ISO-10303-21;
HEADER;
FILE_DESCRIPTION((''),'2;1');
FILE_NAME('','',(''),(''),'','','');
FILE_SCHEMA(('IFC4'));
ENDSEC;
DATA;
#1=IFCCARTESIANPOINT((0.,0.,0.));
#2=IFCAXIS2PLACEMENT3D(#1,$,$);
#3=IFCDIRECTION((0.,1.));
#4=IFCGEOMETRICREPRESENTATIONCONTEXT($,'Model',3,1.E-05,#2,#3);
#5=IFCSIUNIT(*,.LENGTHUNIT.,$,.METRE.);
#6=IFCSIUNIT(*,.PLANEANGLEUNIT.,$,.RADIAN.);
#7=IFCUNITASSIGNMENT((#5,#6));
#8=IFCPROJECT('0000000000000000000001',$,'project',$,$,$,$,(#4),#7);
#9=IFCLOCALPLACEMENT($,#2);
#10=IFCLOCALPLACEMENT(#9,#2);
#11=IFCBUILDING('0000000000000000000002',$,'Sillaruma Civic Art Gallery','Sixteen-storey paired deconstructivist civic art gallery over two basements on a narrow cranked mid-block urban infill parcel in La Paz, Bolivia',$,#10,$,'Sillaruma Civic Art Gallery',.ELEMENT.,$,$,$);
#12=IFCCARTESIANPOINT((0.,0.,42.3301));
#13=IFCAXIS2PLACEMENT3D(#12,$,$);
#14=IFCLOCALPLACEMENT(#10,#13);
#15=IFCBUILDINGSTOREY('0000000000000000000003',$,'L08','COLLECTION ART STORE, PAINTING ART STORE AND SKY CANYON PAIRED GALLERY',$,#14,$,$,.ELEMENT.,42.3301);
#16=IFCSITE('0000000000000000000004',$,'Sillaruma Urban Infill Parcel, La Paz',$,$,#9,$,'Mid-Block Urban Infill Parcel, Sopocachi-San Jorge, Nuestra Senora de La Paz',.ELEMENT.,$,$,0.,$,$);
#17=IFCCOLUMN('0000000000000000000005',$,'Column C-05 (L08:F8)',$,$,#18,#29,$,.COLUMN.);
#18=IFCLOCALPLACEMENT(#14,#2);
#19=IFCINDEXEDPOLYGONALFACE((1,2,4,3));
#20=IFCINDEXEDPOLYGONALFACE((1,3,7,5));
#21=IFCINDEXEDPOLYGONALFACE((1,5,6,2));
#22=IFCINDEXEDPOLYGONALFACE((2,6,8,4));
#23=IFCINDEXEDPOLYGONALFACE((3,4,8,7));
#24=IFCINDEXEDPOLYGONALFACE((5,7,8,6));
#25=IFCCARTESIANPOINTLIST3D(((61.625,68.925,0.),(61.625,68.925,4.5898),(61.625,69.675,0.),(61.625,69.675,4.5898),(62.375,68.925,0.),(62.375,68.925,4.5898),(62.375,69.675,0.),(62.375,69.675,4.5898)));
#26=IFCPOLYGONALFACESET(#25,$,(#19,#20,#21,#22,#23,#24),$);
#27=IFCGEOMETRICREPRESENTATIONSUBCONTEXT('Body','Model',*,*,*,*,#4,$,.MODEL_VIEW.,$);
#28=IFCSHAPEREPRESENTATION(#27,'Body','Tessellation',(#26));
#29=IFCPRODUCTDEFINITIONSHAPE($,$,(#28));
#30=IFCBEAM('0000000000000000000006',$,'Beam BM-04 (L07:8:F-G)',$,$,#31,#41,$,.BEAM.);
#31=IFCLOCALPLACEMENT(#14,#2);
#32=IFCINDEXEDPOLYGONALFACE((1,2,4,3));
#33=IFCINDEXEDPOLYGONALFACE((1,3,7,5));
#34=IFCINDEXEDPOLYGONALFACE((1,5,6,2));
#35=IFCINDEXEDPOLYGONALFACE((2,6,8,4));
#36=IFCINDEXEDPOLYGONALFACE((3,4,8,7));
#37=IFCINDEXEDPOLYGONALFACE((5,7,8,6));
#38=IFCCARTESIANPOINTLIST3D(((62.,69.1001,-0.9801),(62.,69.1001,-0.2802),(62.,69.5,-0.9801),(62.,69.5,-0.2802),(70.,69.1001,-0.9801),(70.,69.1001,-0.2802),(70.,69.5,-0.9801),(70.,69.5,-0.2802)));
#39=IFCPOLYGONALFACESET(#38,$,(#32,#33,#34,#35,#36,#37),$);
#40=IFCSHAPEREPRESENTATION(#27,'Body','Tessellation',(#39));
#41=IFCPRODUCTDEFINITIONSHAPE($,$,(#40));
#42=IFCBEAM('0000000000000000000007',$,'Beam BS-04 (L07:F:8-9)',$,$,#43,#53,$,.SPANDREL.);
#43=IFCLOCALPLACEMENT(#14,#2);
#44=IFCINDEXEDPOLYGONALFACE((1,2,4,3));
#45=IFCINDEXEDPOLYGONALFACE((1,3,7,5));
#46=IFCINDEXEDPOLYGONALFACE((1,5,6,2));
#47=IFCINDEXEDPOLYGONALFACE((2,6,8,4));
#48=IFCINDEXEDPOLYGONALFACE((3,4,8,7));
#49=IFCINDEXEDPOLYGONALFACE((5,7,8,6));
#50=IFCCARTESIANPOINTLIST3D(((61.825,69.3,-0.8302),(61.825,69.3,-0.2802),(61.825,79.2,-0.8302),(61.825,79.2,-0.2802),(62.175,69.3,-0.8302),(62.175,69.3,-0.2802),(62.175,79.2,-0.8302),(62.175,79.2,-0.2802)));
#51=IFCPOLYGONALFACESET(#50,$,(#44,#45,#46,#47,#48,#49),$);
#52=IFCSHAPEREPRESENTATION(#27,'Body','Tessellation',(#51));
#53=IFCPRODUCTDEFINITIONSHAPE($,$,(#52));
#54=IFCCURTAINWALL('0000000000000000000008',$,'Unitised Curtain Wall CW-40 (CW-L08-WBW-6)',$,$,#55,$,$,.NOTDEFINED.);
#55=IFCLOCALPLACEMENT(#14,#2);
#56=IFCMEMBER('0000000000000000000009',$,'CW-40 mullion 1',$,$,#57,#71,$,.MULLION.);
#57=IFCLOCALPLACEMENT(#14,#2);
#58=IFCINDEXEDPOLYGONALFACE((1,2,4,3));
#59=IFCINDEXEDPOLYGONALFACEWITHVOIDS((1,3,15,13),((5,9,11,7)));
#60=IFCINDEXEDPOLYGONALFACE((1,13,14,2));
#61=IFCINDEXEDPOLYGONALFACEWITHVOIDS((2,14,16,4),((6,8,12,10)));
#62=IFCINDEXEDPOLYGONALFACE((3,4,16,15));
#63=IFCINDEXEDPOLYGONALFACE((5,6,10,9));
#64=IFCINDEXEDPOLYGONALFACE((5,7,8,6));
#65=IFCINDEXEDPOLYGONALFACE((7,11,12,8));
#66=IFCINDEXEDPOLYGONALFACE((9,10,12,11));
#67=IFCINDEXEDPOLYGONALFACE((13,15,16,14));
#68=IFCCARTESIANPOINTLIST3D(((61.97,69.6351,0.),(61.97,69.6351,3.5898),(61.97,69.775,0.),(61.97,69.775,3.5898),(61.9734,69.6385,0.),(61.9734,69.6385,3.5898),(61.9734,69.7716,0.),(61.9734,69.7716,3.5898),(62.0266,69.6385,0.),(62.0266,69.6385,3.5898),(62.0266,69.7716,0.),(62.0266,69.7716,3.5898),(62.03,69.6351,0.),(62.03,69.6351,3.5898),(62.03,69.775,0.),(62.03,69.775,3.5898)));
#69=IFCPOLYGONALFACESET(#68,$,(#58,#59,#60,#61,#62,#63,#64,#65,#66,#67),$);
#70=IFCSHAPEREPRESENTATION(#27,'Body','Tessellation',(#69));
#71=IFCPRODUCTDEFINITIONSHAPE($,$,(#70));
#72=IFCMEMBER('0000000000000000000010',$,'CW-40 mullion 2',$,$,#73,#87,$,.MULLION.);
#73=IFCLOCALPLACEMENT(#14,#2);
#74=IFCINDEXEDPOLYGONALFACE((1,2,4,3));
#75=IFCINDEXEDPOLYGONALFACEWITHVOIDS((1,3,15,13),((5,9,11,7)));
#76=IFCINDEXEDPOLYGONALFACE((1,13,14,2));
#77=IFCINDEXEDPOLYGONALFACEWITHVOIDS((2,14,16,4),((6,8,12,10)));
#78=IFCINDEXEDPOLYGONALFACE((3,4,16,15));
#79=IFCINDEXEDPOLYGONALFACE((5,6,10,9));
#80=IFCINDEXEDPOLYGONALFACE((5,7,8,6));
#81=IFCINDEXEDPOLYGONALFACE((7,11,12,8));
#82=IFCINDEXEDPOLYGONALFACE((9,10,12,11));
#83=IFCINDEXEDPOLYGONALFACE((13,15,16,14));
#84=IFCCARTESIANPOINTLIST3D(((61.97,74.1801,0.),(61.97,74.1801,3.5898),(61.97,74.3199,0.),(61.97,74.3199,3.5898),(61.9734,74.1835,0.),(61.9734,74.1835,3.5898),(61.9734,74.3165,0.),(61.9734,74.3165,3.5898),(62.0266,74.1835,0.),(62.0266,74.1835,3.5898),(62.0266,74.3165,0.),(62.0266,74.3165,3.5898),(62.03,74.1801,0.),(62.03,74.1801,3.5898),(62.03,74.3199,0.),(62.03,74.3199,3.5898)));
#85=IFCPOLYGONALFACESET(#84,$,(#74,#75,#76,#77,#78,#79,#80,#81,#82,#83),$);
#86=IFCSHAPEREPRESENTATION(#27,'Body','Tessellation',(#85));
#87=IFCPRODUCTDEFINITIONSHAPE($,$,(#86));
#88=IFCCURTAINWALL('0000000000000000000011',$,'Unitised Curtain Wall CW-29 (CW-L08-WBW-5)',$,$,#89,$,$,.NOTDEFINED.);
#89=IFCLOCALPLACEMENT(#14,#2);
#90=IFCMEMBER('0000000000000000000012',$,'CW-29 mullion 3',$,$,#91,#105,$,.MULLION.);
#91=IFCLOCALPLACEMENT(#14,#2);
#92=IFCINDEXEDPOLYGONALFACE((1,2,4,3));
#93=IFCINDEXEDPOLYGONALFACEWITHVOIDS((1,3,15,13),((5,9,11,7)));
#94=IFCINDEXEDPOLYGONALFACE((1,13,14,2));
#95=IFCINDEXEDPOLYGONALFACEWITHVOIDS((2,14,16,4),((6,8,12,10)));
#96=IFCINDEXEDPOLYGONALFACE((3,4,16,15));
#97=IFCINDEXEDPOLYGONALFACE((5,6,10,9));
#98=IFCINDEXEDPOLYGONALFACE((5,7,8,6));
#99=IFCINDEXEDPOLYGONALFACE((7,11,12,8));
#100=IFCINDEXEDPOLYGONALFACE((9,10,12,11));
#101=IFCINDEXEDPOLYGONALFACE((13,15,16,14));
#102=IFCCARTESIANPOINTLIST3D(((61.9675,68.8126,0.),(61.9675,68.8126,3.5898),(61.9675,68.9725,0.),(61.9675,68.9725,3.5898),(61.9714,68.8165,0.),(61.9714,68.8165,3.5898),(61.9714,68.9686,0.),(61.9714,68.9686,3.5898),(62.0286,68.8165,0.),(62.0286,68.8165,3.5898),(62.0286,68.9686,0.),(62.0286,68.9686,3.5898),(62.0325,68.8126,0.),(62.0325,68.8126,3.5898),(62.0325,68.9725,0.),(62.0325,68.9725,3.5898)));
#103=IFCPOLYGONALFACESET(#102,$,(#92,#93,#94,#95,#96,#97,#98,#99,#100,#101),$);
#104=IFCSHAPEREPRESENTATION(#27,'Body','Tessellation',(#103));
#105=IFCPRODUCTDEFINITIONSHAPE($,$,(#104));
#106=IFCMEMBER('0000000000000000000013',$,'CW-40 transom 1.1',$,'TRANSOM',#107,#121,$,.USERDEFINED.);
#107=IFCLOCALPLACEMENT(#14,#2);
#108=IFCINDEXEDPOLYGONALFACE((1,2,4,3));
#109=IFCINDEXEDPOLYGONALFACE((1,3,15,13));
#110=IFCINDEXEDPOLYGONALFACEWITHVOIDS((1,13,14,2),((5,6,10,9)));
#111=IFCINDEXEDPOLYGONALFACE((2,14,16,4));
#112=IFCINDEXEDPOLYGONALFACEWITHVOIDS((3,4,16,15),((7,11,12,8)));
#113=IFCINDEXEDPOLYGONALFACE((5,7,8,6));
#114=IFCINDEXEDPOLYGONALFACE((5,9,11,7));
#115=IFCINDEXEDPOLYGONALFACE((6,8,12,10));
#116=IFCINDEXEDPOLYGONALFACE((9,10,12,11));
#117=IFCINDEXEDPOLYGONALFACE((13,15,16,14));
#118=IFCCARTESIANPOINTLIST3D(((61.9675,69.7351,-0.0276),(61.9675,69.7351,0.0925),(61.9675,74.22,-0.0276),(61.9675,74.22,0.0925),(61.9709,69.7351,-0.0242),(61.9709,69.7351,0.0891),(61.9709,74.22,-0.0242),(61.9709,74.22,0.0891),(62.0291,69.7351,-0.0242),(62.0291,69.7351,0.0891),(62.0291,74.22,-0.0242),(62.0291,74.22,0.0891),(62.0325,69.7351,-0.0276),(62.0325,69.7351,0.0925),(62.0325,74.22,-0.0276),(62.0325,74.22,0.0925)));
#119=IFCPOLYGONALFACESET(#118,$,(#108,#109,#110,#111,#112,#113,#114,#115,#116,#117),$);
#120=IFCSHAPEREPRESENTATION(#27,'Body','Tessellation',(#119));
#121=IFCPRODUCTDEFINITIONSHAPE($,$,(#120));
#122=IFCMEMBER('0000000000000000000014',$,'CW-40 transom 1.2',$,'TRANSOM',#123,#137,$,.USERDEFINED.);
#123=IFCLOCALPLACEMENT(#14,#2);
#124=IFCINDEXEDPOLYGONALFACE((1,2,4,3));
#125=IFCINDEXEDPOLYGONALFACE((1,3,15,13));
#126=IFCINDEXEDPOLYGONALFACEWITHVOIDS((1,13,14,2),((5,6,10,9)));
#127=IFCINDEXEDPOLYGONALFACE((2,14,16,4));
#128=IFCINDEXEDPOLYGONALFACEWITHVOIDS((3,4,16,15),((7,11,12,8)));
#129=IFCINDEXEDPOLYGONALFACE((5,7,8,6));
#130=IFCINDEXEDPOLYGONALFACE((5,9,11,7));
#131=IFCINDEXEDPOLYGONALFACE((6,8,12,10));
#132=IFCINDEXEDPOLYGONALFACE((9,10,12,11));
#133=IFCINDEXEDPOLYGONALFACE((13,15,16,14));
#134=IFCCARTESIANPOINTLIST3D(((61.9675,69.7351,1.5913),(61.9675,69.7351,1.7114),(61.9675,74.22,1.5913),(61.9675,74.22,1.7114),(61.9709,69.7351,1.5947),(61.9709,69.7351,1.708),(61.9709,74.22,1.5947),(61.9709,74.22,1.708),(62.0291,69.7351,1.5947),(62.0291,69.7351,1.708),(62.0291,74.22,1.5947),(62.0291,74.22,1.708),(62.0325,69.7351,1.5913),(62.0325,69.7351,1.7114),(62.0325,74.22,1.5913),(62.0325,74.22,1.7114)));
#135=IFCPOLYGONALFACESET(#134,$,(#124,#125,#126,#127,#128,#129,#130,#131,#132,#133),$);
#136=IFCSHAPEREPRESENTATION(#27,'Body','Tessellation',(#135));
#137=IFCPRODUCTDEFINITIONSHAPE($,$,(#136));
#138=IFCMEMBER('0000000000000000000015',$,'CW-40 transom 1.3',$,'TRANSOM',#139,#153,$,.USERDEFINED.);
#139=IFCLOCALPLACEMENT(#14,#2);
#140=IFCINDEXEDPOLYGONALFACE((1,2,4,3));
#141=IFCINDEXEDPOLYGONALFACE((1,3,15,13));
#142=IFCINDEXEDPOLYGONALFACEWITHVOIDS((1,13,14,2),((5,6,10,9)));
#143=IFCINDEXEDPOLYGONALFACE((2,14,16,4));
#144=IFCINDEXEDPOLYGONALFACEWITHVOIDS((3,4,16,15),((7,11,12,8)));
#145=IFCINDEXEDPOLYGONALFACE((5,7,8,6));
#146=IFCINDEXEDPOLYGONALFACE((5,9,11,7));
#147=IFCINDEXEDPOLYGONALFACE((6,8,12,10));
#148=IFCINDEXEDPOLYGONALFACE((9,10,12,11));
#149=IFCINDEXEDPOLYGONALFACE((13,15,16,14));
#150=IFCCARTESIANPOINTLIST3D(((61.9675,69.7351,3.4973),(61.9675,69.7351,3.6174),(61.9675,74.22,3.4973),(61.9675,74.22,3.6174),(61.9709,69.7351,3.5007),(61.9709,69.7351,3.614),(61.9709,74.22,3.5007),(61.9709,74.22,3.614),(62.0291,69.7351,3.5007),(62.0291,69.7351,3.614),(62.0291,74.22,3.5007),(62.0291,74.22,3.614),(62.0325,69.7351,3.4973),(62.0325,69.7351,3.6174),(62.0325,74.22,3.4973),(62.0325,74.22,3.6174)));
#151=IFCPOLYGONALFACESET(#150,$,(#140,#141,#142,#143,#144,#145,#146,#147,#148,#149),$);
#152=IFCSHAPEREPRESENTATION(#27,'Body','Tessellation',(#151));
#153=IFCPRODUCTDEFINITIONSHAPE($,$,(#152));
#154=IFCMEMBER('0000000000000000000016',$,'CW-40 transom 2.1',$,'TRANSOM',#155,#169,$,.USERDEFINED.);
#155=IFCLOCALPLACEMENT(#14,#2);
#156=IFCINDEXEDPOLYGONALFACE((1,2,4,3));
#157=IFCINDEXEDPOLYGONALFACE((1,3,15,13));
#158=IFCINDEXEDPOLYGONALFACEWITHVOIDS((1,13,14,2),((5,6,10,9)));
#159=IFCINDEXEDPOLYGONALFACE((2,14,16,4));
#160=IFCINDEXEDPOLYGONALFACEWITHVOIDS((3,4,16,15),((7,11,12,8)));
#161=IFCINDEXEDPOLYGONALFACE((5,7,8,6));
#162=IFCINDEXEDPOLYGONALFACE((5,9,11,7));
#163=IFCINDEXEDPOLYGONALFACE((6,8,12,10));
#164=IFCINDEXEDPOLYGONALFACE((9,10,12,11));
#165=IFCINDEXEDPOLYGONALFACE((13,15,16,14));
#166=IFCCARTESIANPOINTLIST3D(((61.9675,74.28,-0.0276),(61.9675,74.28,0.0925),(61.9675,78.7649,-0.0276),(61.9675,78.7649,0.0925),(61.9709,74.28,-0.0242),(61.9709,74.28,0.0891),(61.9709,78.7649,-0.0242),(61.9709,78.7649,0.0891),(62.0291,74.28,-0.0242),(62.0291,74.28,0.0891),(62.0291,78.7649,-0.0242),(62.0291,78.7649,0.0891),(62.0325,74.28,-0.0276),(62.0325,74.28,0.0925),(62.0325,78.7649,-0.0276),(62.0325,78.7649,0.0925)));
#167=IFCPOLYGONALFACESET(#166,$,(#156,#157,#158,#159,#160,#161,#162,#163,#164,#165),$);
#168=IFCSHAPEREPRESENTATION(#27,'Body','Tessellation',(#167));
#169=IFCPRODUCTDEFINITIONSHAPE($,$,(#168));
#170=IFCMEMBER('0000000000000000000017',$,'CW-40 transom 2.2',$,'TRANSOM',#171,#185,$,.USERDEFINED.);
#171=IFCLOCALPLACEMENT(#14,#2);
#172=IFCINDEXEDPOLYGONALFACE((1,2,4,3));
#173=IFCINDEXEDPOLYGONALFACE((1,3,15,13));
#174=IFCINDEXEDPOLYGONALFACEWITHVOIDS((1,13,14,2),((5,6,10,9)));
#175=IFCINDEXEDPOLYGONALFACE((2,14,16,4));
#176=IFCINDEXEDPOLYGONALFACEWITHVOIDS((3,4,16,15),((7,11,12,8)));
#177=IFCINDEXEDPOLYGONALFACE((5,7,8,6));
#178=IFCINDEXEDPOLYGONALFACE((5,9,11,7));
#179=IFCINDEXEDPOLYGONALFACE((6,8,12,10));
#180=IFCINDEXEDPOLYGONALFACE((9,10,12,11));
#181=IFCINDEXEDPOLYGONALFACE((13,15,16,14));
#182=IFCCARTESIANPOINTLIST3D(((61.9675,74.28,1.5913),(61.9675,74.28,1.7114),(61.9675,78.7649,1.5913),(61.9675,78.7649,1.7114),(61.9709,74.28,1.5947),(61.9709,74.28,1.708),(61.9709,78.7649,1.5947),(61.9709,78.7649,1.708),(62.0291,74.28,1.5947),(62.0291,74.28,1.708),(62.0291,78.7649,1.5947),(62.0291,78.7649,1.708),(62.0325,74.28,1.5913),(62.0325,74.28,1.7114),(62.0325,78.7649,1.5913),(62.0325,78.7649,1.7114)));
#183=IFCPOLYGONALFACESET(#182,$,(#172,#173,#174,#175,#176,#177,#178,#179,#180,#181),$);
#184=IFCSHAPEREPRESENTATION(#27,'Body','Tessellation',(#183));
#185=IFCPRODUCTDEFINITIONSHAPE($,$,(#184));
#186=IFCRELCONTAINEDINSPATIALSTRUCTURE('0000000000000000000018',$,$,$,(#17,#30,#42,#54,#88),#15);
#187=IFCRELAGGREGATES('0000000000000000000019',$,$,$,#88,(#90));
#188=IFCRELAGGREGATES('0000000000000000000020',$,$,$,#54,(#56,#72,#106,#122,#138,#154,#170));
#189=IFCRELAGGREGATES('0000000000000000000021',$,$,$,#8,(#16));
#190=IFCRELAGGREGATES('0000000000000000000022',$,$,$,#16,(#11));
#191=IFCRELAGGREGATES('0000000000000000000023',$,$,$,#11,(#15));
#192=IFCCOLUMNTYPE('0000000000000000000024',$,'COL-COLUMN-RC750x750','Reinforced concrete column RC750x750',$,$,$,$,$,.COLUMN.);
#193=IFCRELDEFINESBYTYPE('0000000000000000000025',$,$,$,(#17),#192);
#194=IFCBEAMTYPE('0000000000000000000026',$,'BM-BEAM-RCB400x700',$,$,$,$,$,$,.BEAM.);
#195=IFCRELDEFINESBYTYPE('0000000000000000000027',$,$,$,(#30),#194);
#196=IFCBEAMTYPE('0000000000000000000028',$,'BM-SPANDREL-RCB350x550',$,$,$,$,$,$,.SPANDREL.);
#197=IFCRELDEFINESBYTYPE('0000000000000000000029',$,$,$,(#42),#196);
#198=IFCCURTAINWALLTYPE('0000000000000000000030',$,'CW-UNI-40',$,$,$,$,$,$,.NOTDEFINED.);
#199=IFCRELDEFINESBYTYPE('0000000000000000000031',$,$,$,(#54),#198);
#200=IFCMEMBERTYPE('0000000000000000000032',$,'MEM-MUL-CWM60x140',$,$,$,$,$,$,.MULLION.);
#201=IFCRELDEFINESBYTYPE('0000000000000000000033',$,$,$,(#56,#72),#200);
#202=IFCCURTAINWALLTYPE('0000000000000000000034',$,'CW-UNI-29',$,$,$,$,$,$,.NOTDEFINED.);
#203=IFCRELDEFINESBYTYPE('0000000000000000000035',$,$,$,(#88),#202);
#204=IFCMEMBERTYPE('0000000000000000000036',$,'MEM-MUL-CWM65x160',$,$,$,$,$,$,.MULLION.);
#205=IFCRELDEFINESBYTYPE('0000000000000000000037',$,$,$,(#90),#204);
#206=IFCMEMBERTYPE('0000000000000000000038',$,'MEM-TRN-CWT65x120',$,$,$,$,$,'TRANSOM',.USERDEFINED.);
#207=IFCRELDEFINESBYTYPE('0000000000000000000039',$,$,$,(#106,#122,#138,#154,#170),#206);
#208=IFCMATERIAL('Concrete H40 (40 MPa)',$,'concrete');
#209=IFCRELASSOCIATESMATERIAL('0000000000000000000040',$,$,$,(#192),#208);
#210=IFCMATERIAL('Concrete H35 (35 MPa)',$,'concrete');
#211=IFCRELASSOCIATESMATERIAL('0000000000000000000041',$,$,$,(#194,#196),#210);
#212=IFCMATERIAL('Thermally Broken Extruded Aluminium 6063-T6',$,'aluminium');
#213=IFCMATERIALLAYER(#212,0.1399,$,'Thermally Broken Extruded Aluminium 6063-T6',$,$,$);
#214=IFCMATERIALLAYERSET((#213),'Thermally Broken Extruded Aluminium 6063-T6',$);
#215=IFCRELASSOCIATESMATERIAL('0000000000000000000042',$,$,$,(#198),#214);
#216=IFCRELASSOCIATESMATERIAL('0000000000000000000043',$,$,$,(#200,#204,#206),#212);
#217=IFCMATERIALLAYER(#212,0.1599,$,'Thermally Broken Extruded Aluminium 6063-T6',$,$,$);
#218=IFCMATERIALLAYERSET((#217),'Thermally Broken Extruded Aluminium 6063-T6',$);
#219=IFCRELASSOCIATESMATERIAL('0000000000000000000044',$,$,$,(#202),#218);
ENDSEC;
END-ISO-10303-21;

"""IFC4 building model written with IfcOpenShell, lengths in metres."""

from ifc_helpers import new_model, si_unit, direction, frame, origin, origin_2d, place, context, subcontext, project, spatial, rectangle, hollow_rectangle, extrude, material, layer, layer_set, material_profile, profile_set, type_object, element, aggregate, save


model = new_model("IFC4")

# Units and contexts
model_context = context("Model", 3, precision=1e-05, world=origin(), true_north=direction((0.0, 1.0)))
body_context = subcontext(model_context, "Body", "Model", "MODEL_VIEW")
ifc_project = project(units=[si_unit("LENGTHUNIT", "METRE"), si_unit("PLANEANGLEUNIT", "RADIAN")], contexts=[model_context])

# Site, building, storey
site_placement = place(None, origin())
site = spatial("IfcSite", under=ifc_project, at=site_placement, Name="Sillaruma Urban Infill Parcel, La Paz", LongName="Mid-Block Urban Infill Parcel, Sopocachi-San Jorge, Nuestra Senora de La Paz", CompositionType="ELEMENT", RefElevation=0.0)
building_placement = place(site_placement, origin())
building = spatial("IfcBuilding", under=site, at=building_placement, Name="Sillaruma Civic Art Gallery", Description="Sixteen-storey paired deconstructivist civic art gallery over two basements on a narrow cranked mid-block urban infill parcel in La Paz, Bolivia", LongName="Sillaruma Civic Art Gallery", CompositionType="ELEMENT")
storey_placement = place(building_placement, frame((0.0, 0.0, 42.3301)))
storey = spatial("IfcBuildingStorey", under=building, at=storey_placement, Name="L08", Description="COLLECTION ART STORE, PAINTING ART STORE AND SKY CANYON PAIRED GALLERY", CompositionType="ELEMENT", Elevation=42.3301)

# Column
ifc_material_1 = material(Name="Concrete H40 (40 MPa)", Category="concrete")
ifc_material_profile_1 = material_profile(ifc_material_1, rectangle(XDim=0.75, YDim=0.75, at=origin_2d()), Name="RC750x750")
ifc_profile_set_1 = profile_set([ifc_material_profile_1], Name="Concrete H40 (40 MPa)")
column_type = type_object("IfcColumnType", Name="COL-COLUMN-RC750x750", Description="Reinforced concrete column RC750x750", PredefinedType="COLUMN", material=ifc_profile_set_1)
column_placement = place(storey_placement, frame((62.0, 69.3, 0.0), z_axis=(0.0, 0.0, 1.0), x_axis=(1.0, 0.0, 0.0)))
element("IfcColumn", 1, at=column_placement, inside=storey, type_object=column_type, Name="Column C-05 (L08:F8)", PredefinedType="COLUMN", context=body_context, shape_type="SweptSolid", body=[
    extrude(rectangle(XDim=0.75, YDim=0.75, at=origin_2d()), origin(), (0.0, 0.0, 1.0), 4.5898),
])

# Beams
ifc_material_2 = material(Name="Concrete H35 (35 MPa)", Category="concrete")
ifc_material_profile_2 = material_profile(ifc_material_2, rectangle(XDim=0.3999, YDim=0.7, at=origin_2d()), Name="RCB400x700")
ifc_profile_set_2 = profile_set([ifc_material_profile_2], Name="Concrete H35 (35 MPa)")
beam_type_1 = type_object("IfcBeamType", Name="BM-BEAM-RCB400x700", PredefinedType="BEAM", material=ifc_profile_set_2)
beam_1_placement = place(storey_placement, frame((62.0, 69.3, -0.6301), z_axis=(1.0, 0.0, 0.0), x_axis=(0.0, 1.0, 0.0)))
element("IfcBeam", 2, at=beam_1_placement, inside=storey, type_object=beam_type_1, Name="Beam BM-04 (L07:8:F-G)", PredefinedType="BEAM", context=body_context, shape_type="SweptSolid", body=[
    extrude(rectangle(XDim=0.3999, YDim=0.7, at=origin_2d()), origin(), (0.0, 0.0, 1.0), 8.0),
])
ifc_material_profile_3 = material_profile(ifc_material_2, rectangle(XDim=0.3501, YDim=0.55, at=origin_2d()), Name="RCB350x550")
ifc_profile_set_3 = profile_set([ifc_material_profile_3], Name="Concrete H35 (35 MPa)")
beam_type_2 = type_object("IfcBeamType", Name="BM-SPANDREL-RCB350x550", PredefinedType="SPANDREL", material=ifc_profile_set_3)
beam_2_placement = place(storey_placement, frame((62.0, 69.3, -0.5552), z_axis=(0.0, 1.0, 0.0), x_axis=(-1.0, 0.0, 0.0)))
element("IfcBeam", 3, at=beam_2_placement, inside=storey, type_object=beam_type_2, Name="Beam BS-04 (L07:F:8-9)", PredefinedType="SPANDREL", context=body_context, shape_type="SweptSolid", body=[
    extrude(rectangle(XDim=0.3501, YDim=0.55, at=origin_2d()), origin(), (0.0, 0.0, 1.0), 9.8999),
])

# Curtain wall, members
ifc_material_3 = material(Name="Thermally Broken Extruded Aluminium 6063-T6", Category="aluminium")
ifc_layer_1 = layer(ifc_material_3, 0.1399, Name="Thermally Broken Extruded Aluminium 6063-T6")
ifc_layer_set_1 = layer_set([ifc_layer_1], Name="Thermally Broken Extruded Aluminium 6063-T6")
curtain_wall_type_1 = type_object("IfcCurtainWallType", Name="CW-UNI-40", PredefinedType="NOTDEFINED", material=ifc_layer_set_1)
curtain_wall_1_placement = place(storey_placement, origin())
curtain_wall_1 = element("IfcCurtainWall", 4, at=curtain_wall_1_placement, inside=storey, type_object=curtain_wall_type_1, Name="Unitised Curtain Wall CW-40 (CW-L08-WBW-6)", PredefinedType="NOTDEFINED")
ifc_material_profile_4 = material_profile(ifc_material_3, hollow_rectangle(XDim=0.0601, YDim=0.1399, WallThickness=0.0034, at=origin_2d()), Name="CWM60x140")
ifc_profile_set_4 = profile_set([ifc_material_profile_4], Name="Thermally Broken Extruded Aluminium 6063-T6")
member_type_1 = type_object("IfcMemberType", Name="MEM-MUL-CWM60x140", PredefinedType="MULLION", material=ifc_profile_set_4)
member_1_placement = place(storey_placement, frame((62.0, 69.7051, 0.0), z_axis=(0.0, 0.0, 1.0), x_axis=(-1.0, 0.0, 0.0)))
member_1 = element("IfcMember", 5, at=member_1_placement, type_object=member_type_1, Name="CW-40 mullion 1", PredefinedType="MULLION", context=body_context, shape_type="SweptSolid", body=[
    extrude(hollow_rectangle(XDim=0.0601, YDim=0.1399, WallThickness=0.0034, at=origin_2d()), origin(), (0.0, 0.0, 1.0), 3.5898),
])
member_2_placement = place(storey_placement, frame((62.0, 74.25, 0.0), z_axis=(0.0, 0.0, 1.0), x_axis=(-1.0, 0.0, 0.0)))
member_2 = element("IfcMember", 6, at=member_2_placement, type_object=member_type_1, Name="CW-40 mullion 2", PredefinedType="MULLION", context=body_context, shape_type="SweptSolid", body=[
    extrude(hollow_rectangle(XDim=0.0601, YDim=0.1399, WallThickness=0.0034, at=origin_2d()), origin(), (0.0, 0.0, 1.0), 3.5898),
])

# Curtain wall, member
ifc_layer_2 = layer(ifc_material_3, 0.1599, Name="Thermally Broken Extruded Aluminium 6063-T6")
ifc_layer_set_2 = layer_set([ifc_layer_2], Name="Thermally Broken Extruded Aluminium 6063-T6")
curtain_wall_type_2 = type_object("IfcCurtainWallType", Name="CW-UNI-29", PredefinedType="NOTDEFINED", material=ifc_layer_set_2)
curtain_wall_2_placement = place(storey_placement, origin())
curtain_wall_2 = element("IfcCurtainWall", 7, at=curtain_wall_2_placement, inside=storey, type_object=curtain_wall_type_2, Name="Unitised Curtain Wall CW-29 (CW-L08-WBW-5)", PredefinedType="NOTDEFINED")
ifc_material_profile_5 = material_profile(ifc_material_3, hollow_rectangle(XDim=0.0649, YDim=0.1599, WallThickness=0.0039, at=origin_2d()), Name="CWM65x160")
ifc_profile_set_5 = profile_set([ifc_material_profile_5], Name="Thermally Broken Extruded Aluminium 6063-T6")
member_type_2 = type_object("IfcMemberType", Name="MEM-MUL-CWM65x160", PredefinedType="MULLION", material=ifc_profile_set_5)
member_3_placement = place(storey_placement, frame((62.0, 68.8926, 0.0), z_axis=(0.0, 0.0, 1.0), x_axis=(-1.0, 0.0, 0.0)))
member_3 = element("IfcMember", 8, at=member_3_placement, type_object=member_type_2, Name="CW-29 mullion 3", PredefinedType="MULLION", context=body_context, shape_type="SweptSolid", body=[
    extrude(hollow_rectangle(XDim=0.0649, YDim=0.1599, WallThickness=0.0039, at=origin_2d()), origin(), (0.0, 0.0, 1.0), 3.5898),
])
aggregate(curtain_wall_2, [member_3])

# Members
ifc_material_profile_6 = material_profile(ifc_material_3, hollow_rectangle(XDim=0.0649, YDim=0.1201, WallThickness=0.0034, at=origin_2d()), Name="CWT65x120")
ifc_profile_set_6 = profile_set([ifc_material_profile_6], Name="Thermally Broken Extruded Aluminium 6063-T6")
member_type_3 = type_object("IfcMemberType", Name="MEM-TRN-CWT65x120", ElementType="TRANSOM", PredefinedType="USERDEFINED", material=ifc_profile_set_6)
member_4_placement = place(storey_placement, frame((62.0, 69.7351, 0.0325), z_axis=(0.0, 1.0, 0.0), x_axis=(-1.0, 0.0, 0.0)))
member_4 = element("IfcMember", 9, at=member_4_placement, type_object=member_type_3, Name="CW-40 transom 1.1", ObjectType="TRANSOM", PredefinedType="USERDEFINED", context=body_context, shape_type="SweptSolid", body=[
    extrude(hollow_rectangle(XDim=0.0649, YDim=0.1201, WallThickness=0.0034, at=origin_2d()), origin(), (0.0, 0.0, 1.0), 4.4849),
])
member_5_placement = place(storey_placement, frame((62.0, 69.7351, 1.6514), z_axis=(0.0, 1.0, 0.0), x_axis=(-1.0, 0.0, 0.0)))
member_5 = element("IfcMember", 10, at=member_5_placement, type_object=member_type_3, Name="CW-40 transom 1.2", ObjectType="TRANSOM", PredefinedType="USERDEFINED", context=body_context, shape_type="SweptSolid", body=[
    extrude(hollow_rectangle(XDim=0.0649, YDim=0.1201, WallThickness=0.0034, at=origin_2d()), origin(), (0.0, 0.0, 1.0), 4.4849),
])
member_6_placement = place(storey_placement, frame((62.0, 69.7351, 3.5574), z_axis=(0.0, 1.0, 0.0), x_axis=(-1.0, 0.0, 0.0)))
member_6 = element("IfcMember", 11, at=member_6_placement, type_object=member_type_3, Name="CW-40 transom 1.3", ObjectType="TRANSOM", PredefinedType="USERDEFINED", context=body_context, shape_type="SweptSolid", body=[
    extrude(hollow_rectangle(XDim=0.0649, YDim=0.1201, WallThickness=0.0034, at=origin_2d()), origin(), (0.0, 0.0, 1.0), 4.4849),
])
member_7_placement = place(storey_placement, frame((62.0, 74.28, 0.0325), z_axis=(0.0, 1.0, 0.0), x_axis=(-1.0, 0.0, 0.0)))
member_7 = element("IfcMember", 12, at=member_7_placement, type_object=member_type_3, Name="CW-40 transom 2.1", ObjectType="TRANSOM", PredefinedType="USERDEFINED", context=body_context, shape_type="SweptSolid", body=[
    extrude(hollow_rectangle(XDim=0.0649, YDim=0.1201, WallThickness=0.0034, at=origin_2d()), origin(), (0.0, 0.0, 1.0), 4.4849),
])
member_8_placement = place(storey_placement, frame((62.0, 74.28, 1.6514), z_axis=(0.0, 1.0, 0.0), x_axis=(-1.0, 0.0, 0.0)))
member_8 = element("IfcMember", 13, at=member_8_placement, type_object=member_type_3, Name="CW-40 transom 2.2", ObjectType="TRANSOM", PredefinedType="USERDEFINED", context=body_context, shape_type="SweptSolid", body=[
    extrude(hollow_rectangle(XDim=0.0649, YDim=0.1201, WallThickness=0.0034, at=origin_2d()), origin(), (0.0, 0.0, 1.0), 4.4849),
])

aggregate(curtain_wall_1, [member_1, member_2, member_4, member_5, member_6, member_7, member_8])

save(model, "model.ifc")
